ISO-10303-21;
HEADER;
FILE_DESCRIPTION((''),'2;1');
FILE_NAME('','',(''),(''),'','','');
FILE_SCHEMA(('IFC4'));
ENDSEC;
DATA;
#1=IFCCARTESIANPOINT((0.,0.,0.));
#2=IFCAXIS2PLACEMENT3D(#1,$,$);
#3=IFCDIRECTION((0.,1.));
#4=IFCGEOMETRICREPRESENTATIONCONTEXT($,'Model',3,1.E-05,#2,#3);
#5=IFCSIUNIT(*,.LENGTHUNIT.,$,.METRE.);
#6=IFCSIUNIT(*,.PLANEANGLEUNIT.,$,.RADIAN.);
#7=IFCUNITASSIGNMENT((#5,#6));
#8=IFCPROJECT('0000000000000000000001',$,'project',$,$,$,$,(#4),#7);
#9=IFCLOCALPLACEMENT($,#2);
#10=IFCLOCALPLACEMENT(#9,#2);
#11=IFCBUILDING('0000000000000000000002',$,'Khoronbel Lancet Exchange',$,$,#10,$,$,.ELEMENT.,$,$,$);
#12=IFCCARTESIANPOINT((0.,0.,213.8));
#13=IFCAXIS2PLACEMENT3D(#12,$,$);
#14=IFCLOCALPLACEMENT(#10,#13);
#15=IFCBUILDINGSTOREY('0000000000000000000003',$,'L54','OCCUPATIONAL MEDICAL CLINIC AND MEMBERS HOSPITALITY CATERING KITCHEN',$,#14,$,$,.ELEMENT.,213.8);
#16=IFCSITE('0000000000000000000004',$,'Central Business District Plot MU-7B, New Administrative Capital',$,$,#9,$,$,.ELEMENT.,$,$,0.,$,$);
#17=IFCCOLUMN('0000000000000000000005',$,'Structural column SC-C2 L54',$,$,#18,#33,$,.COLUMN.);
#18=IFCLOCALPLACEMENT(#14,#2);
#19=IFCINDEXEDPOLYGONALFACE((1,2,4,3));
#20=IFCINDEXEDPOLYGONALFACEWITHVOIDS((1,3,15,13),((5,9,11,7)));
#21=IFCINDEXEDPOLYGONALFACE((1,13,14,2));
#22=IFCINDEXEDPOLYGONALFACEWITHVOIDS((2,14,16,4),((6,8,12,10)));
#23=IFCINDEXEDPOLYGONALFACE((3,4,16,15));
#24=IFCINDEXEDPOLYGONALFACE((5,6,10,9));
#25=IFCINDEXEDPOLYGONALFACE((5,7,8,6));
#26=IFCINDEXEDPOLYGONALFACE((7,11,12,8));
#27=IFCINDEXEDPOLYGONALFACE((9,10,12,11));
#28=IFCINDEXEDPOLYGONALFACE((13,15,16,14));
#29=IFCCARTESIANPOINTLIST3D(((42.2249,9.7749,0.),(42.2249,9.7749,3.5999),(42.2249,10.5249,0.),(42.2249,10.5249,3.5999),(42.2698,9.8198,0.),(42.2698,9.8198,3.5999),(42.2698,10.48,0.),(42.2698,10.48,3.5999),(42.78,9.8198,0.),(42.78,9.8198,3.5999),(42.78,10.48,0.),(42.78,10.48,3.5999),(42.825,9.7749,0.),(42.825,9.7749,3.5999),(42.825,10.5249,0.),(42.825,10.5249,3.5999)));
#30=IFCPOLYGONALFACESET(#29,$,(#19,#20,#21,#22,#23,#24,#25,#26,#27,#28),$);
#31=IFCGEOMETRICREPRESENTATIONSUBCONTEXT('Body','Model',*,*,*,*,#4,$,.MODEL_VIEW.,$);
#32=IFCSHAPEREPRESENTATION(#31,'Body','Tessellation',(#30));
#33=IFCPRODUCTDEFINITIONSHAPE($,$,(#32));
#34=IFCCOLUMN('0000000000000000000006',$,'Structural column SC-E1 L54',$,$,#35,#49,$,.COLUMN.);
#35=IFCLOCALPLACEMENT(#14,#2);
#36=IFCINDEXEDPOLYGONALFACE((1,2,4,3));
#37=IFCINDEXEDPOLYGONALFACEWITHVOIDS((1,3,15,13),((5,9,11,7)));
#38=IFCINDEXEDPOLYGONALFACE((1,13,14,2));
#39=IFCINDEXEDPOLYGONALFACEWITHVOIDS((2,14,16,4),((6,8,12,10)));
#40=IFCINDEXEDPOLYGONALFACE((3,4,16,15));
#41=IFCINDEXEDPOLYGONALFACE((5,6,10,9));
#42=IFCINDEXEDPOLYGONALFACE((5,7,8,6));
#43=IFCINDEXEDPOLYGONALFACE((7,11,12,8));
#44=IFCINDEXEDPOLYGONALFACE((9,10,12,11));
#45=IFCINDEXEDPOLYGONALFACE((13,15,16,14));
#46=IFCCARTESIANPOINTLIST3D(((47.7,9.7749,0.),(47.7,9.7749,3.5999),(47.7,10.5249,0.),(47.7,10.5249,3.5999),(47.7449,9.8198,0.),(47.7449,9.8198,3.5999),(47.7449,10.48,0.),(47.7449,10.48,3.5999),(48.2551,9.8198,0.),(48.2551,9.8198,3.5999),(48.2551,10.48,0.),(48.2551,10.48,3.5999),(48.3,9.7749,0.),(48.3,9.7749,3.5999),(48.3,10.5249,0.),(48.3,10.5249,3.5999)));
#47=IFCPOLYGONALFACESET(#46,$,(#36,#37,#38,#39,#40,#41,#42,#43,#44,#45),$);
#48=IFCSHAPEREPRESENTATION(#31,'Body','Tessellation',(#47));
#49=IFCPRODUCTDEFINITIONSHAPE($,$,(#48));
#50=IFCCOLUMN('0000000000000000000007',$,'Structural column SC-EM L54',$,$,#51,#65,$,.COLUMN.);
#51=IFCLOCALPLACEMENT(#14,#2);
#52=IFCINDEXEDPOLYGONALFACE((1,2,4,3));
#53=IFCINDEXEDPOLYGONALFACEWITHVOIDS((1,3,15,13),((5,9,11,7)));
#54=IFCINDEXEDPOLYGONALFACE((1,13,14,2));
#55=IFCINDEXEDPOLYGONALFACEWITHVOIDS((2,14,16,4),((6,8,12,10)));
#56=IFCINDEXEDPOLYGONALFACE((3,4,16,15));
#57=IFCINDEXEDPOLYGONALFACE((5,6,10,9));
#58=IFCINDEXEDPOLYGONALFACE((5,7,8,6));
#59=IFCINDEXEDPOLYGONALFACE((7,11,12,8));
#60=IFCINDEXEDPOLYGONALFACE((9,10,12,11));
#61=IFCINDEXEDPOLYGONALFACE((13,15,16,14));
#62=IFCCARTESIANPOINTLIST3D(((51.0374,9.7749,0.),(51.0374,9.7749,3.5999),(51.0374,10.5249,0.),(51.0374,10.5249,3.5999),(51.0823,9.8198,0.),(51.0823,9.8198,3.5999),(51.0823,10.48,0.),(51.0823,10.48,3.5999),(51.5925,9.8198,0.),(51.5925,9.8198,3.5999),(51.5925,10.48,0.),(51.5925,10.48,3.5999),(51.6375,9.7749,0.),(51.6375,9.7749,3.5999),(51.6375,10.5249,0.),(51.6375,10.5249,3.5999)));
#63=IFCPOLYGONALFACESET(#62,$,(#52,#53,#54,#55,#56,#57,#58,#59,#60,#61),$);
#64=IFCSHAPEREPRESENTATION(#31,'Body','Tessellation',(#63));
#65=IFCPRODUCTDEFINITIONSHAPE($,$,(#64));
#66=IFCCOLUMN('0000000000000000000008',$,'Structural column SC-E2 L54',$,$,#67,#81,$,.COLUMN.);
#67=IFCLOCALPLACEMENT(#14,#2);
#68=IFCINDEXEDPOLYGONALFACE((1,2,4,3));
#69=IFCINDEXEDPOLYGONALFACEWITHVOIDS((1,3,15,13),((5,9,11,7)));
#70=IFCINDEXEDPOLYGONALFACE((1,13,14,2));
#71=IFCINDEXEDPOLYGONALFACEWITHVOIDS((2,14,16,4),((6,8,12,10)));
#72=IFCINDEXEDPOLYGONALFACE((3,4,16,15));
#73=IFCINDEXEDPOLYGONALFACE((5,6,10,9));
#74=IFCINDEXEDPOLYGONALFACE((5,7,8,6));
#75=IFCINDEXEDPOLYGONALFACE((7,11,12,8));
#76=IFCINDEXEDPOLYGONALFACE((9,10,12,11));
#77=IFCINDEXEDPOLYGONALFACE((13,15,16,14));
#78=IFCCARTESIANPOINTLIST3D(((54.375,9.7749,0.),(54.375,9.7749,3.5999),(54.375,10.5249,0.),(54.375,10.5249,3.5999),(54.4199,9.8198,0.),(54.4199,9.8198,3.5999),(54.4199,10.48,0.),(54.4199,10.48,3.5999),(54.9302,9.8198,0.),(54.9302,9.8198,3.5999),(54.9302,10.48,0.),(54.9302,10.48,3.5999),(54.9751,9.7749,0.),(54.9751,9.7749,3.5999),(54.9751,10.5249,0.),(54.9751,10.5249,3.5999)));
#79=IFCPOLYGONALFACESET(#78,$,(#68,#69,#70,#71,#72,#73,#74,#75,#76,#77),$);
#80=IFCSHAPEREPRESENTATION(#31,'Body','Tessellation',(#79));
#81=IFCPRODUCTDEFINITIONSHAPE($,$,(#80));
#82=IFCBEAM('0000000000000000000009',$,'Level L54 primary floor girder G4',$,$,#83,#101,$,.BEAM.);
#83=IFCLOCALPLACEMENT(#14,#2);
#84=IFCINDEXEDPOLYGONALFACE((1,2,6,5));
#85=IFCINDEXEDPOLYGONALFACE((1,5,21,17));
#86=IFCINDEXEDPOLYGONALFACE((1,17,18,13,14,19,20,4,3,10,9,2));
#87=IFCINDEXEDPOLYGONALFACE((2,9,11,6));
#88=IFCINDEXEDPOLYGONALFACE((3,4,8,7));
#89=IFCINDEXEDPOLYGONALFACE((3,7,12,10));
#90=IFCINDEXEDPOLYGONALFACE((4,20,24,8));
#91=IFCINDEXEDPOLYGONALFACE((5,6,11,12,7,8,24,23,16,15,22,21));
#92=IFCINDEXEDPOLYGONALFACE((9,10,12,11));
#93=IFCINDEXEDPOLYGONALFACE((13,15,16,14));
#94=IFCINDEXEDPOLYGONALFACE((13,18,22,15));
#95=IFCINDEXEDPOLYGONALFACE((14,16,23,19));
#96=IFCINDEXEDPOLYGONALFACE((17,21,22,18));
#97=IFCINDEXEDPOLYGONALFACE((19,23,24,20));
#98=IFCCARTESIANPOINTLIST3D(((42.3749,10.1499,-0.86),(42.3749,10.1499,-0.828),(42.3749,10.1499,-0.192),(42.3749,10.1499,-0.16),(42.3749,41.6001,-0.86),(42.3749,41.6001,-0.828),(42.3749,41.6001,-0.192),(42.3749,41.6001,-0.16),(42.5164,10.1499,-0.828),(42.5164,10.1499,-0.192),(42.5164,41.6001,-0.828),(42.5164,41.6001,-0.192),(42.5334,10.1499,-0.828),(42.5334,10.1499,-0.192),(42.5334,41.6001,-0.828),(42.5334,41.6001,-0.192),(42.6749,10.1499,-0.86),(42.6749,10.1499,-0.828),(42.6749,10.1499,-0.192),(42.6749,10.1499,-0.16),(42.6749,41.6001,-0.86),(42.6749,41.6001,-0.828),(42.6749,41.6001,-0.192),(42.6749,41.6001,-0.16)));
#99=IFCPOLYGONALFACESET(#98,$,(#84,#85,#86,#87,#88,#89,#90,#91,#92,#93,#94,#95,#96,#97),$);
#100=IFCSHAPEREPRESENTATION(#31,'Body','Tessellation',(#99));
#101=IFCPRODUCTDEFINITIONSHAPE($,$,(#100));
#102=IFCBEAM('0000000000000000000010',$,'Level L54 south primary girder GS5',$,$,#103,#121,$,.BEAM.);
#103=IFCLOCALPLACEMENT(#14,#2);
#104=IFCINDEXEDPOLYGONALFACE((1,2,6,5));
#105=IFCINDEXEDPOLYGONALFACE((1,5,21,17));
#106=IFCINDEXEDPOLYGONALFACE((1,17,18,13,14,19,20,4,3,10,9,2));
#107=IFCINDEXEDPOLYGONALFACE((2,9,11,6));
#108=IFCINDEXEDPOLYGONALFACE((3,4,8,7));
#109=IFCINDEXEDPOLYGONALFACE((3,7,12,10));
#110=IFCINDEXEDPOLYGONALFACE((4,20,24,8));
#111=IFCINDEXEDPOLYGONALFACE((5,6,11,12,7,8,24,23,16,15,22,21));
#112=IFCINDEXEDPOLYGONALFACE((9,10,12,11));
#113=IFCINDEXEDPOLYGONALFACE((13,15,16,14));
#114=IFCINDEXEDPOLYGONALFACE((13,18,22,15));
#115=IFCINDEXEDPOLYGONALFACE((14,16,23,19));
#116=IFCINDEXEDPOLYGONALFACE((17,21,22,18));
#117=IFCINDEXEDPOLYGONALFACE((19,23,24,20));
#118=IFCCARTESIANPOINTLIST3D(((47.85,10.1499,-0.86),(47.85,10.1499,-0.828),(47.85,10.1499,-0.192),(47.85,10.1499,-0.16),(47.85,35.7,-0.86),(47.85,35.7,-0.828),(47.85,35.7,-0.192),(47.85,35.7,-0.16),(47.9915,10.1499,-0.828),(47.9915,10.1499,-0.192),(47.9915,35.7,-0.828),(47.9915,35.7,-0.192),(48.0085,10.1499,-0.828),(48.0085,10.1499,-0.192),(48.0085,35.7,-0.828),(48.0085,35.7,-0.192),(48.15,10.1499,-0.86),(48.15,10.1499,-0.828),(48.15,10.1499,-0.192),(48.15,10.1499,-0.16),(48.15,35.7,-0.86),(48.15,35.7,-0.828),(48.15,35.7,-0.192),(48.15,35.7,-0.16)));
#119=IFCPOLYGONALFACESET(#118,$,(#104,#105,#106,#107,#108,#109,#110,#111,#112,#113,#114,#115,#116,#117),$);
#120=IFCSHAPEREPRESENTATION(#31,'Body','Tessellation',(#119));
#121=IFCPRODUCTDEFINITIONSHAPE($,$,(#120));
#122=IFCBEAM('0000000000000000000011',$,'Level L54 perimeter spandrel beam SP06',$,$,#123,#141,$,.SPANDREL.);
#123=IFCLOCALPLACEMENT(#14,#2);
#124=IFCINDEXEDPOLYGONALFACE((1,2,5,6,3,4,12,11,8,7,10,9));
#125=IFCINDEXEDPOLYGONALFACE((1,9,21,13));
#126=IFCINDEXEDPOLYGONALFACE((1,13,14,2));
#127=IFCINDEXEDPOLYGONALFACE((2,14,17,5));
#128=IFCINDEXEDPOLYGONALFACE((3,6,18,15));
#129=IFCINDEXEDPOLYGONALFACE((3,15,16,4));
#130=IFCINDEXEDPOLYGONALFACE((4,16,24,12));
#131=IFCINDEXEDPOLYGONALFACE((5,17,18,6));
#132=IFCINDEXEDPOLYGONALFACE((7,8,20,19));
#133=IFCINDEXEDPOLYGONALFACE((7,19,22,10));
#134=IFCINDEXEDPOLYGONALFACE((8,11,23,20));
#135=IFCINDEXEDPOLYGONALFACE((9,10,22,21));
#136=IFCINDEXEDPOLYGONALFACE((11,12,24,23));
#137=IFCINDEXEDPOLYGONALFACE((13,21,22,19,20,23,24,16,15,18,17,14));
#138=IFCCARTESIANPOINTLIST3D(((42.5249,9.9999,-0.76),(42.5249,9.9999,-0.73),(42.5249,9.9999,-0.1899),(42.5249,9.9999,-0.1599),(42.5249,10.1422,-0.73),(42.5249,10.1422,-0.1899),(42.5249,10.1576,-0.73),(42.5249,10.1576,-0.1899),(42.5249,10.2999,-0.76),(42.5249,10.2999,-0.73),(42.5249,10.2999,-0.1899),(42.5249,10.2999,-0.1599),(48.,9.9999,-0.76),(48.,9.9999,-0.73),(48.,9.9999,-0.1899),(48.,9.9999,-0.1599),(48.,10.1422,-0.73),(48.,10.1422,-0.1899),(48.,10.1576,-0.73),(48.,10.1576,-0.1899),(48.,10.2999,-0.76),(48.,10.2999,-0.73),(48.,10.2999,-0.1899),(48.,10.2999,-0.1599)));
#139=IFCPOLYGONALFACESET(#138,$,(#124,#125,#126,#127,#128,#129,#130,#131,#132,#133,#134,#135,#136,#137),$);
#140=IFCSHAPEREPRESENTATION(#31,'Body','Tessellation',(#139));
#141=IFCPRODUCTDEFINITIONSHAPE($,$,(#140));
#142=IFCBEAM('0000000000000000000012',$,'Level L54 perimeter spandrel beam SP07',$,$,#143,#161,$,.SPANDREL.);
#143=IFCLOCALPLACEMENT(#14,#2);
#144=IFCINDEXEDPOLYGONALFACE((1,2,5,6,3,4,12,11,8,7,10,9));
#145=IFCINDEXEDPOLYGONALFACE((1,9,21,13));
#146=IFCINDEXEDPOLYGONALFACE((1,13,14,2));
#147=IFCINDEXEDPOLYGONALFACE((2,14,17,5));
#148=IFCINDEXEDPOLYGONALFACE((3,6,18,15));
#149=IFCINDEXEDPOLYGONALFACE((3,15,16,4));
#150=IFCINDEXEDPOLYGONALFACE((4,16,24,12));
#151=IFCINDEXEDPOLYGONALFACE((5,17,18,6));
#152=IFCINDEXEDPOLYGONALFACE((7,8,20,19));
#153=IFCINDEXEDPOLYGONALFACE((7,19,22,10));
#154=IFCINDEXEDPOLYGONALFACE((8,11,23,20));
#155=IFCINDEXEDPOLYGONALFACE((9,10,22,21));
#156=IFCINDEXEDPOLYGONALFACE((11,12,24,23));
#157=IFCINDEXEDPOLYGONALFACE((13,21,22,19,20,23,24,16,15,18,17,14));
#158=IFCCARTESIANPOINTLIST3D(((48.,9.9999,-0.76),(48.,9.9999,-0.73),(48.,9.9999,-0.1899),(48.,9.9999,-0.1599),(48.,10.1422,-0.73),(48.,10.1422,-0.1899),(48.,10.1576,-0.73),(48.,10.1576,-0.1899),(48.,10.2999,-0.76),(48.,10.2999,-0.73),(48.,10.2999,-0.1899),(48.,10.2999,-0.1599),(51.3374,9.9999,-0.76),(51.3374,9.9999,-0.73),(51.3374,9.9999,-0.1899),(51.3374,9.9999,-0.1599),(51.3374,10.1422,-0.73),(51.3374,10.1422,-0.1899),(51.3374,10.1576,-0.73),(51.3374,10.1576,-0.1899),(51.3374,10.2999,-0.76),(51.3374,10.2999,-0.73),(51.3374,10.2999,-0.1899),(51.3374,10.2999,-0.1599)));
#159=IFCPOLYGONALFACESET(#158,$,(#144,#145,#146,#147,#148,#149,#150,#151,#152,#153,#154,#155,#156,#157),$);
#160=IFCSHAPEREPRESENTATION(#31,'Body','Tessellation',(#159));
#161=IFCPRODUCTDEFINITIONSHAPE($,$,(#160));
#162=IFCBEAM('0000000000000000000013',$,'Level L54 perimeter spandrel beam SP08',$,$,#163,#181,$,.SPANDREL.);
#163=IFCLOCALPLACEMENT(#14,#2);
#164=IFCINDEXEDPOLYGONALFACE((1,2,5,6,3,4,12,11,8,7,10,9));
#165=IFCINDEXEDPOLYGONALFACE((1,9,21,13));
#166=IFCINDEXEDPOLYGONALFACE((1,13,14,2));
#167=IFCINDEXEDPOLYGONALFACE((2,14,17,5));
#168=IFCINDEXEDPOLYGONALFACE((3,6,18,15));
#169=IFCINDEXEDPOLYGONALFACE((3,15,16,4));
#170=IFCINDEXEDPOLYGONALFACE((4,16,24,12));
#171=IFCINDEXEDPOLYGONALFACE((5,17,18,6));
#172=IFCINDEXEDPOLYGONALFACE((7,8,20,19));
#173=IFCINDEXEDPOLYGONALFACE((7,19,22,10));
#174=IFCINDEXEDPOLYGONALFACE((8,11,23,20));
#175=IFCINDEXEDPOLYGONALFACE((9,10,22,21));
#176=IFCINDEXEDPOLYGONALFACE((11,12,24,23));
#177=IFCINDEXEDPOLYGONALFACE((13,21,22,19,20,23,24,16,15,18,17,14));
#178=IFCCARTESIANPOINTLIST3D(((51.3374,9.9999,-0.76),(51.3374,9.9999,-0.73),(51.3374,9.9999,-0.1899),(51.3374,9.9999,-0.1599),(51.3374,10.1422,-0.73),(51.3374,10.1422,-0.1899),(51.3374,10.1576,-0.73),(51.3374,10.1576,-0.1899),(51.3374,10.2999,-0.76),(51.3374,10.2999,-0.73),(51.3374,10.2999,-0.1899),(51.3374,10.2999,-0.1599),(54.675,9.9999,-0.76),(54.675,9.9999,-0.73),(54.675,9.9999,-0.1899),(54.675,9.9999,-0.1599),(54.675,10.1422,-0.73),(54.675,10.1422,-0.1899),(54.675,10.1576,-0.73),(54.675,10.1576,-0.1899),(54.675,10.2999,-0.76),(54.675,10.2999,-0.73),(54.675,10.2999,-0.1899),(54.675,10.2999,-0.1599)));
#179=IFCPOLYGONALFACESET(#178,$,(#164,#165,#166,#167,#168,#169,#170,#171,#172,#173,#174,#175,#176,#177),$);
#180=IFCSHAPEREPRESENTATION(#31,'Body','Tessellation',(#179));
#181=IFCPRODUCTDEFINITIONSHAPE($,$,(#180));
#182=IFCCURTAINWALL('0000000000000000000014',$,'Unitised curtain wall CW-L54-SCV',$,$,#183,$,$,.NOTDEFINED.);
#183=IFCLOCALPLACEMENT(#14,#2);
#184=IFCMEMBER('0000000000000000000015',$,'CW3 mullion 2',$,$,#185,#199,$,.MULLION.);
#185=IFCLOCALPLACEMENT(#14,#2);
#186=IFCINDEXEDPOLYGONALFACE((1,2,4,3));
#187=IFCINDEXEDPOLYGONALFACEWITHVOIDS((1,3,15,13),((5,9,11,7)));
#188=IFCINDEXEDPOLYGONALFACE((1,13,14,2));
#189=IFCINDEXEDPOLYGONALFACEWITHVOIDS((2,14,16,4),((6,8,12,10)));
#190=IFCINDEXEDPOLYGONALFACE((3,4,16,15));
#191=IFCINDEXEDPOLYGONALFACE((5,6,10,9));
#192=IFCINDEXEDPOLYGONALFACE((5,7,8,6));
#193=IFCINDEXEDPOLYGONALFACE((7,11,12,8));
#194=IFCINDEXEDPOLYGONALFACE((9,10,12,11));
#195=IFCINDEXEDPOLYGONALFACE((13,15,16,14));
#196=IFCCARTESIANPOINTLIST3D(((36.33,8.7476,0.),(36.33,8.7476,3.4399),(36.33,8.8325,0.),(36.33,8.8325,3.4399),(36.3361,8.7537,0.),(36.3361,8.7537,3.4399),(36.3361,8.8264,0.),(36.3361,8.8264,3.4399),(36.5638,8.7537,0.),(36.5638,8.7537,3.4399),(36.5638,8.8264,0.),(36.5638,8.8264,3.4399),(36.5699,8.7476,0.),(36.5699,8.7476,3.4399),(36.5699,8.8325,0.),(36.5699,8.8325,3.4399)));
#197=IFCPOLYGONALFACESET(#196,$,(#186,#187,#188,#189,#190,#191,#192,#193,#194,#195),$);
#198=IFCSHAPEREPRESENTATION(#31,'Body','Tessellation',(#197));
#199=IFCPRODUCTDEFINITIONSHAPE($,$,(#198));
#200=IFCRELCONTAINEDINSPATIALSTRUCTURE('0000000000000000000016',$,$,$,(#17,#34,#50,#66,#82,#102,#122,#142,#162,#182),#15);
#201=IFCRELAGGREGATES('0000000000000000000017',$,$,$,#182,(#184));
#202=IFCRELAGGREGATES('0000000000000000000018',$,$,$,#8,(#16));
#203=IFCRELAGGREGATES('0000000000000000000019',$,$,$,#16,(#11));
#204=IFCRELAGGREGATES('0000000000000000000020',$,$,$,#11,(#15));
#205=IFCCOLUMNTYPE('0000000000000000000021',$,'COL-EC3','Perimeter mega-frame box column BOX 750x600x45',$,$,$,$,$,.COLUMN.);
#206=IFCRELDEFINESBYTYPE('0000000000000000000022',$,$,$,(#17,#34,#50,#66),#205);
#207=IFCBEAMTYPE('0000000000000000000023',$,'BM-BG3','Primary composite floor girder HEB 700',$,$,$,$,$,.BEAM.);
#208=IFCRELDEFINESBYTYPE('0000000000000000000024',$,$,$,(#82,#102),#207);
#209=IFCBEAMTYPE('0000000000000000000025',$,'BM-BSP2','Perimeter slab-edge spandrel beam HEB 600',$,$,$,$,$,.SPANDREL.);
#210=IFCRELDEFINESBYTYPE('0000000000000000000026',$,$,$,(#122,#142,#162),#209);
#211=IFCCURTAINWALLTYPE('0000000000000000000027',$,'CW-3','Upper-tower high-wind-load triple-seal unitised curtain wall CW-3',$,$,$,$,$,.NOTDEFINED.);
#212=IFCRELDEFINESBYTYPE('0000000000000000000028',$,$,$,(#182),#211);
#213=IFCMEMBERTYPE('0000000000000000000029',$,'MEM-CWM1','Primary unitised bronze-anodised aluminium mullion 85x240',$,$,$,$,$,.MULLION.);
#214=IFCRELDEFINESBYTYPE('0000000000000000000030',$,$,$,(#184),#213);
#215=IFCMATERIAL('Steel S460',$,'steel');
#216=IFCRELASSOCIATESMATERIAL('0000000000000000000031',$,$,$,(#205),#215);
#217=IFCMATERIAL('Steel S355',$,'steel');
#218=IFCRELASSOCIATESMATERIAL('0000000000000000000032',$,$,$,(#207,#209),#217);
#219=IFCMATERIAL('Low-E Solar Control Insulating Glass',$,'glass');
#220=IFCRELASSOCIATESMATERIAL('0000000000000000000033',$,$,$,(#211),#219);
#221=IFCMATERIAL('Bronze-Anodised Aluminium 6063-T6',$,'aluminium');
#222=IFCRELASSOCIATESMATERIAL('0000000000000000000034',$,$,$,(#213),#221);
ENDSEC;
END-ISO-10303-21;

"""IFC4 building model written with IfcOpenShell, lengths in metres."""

from ifc_helpers import new_model, si_unit, direction, frame, origin, origin_2d, place, context, subcontext, project, spatial, hollow_rectangle, i_section, extrude, material, material_profile, profile_set, type_object, element, aggregate, save


model = new_model("IFC4")

# Units and contexts
model_context = context("Model", 3, precision=1e-05, world=origin(), true_north=direction((0.0, 1.0)))
body_context = subcontext(model_context, "Body", "Model", "MODEL_VIEW")
ifc_project = project(units=[si_unit("LENGTHUNIT", "METRE"), si_unit("PLANEANGLEUNIT", "RADIAN")], contexts=[model_context])

# Site, building, storey
site_placement = place(None, origin())
site = spatial("IfcSite", under=ifc_project, at=site_placement, Name="Central Business District Plot MU-7B, New Administrative Capital", CompositionType="ELEMENT", RefElevation=0.0)
building_placement = place(site_placement, origin())
building = spatial("IfcBuilding", under=site, at=building_placement, Name="Khoronbel Lancet Exchange", CompositionType="ELEMENT")
storey_placement = place(building_placement, frame((0.0, 0.0, 213.8)))
storey = spatial("IfcBuildingStorey", under=building, at=storey_placement, Name="L54", Description="OCCUPATIONAL MEDICAL CLINIC AND MEMBERS HOSPITALITY CATERING KITCHEN", CompositionType="ELEMENT", Elevation=213.8)

# Columns
ifc_material_1 = material(Name="Steel S460", Category="steel")
ifc_material_profile_1 = material_profile(ifc_material_1, hollow_rectangle(XDim=0.6001, YDim=0.75, WallThickness=0.0449, at=origin_2d()), Name="BOX 750x600x45")
ifc_profile_set_1 = profile_set([ifc_material_profile_1], Name="Steel S460")
column_type = type_object("IfcColumnType", Name="COL-EC3", Description="Perimeter mega-frame box column BOX 750x600x45", PredefinedType="COLUMN", material=ifc_profile_set_1)
for number, where, z_axis, x_axis, name in (
    (1, (42.5249, 10.1499, 0.0), (0.0, 0.0, 1.0), (1.0, 0.0, 0.0), "Structural column SC-C2 L54"),
    (2, (48.0, 10.1499, 0.0), (0.0, 0.0, 1.0), (1.0, 0.0, 0.0), "Structural column SC-E1 L54"),
    (3, (51.3374, 10.1499, 0.0), (0.0, 0.0, 1.0), (1.0, 0.0, 0.0), "Structural column SC-EM L54"),
    (4, (54.675, 10.1499, 0.0), (0.0, 0.0, 1.0), (1.0, 0.0, 0.0), "Structural column SC-E2 L54"),
):
    element("IfcColumn", number, at=place(storey_placement, frame(where, z_axis=z_axis, x_axis=x_axis)), inside=storey, type_object=column_type, Name=name, PredefinedType="COLUMN", context=body_context, shape_type="SweptSolid", body=[
        extrude(hollow_rectangle(XDim=0.6001, YDim=0.75, WallThickness=0.0449, at=origin_2d()), origin(), (0.0, 0.0, 1.0), 3.5999),
    ])

# Beams
ifc_material_2 = material(Name="Steel S355", Category="steel")
ifc_material_profile_2 = material_profile(ifc_material_2, i_section(OverallWidth=0.3, OverallDepth=0.7, WebThickness=0.0171, FlangeThickness=0.032, at=origin_2d()), Name="HEB 700")
ifc_profile_set_2 = profile_set([ifc_material_profile_2], Name="Steel S355")
beam_type_1 = type_object("IfcBeamType", Name="BM-BG3", Description="Primary composite floor girder HEB 700", PredefinedType="BEAM", material=ifc_profile_set_2)
beam_1_placement = place(storey_placement, frame((42.5249, 10.1499, -0.51), z_axis=(0.0, 1.0, 0.0), x_axis=(-1.0, 0.0, 0.0)))
element("IfcBeam", 5, at=beam_1_placement, inside=storey, type_object=beam_type_1, Name="Level L54 primary floor girder G4", PredefinedType="BEAM", context=body_context, shape_type="SweptSolid", body=[
    extrude(i_section(OverallWidth=0.3, OverallDepth=0.7, WebThickness=0.0171, FlangeThickness=0.032, at=origin_2d()), origin(), (0.0, 0.0, 1.0), 31.4502),
])
beam_2_placement = place(storey_placement, frame((48.0, 10.1499, -0.51), z_axis=(0.0, 1.0, 0.0), x_axis=(-1.0, 0.0, 0.0)))
element("IfcBeam", 6, at=beam_2_placement, inside=storey, type_object=beam_type_1, Name="Level L54 south primary girder GS5", PredefinedType="BEAM", context=body_context, shape_type="SweptSolid", body=[
    extrude(i_section(OverallWidth=0.3, OverallDepth=0.7, WebThickness=0.0171, FlangeThickness=0.032, at=origin_2d()), origin(), (0.0, 0.0, 1.0), 25.55),
])
ifc_material_profile_3 = material_profile(ifc_material_2, i_section(OverallWidth=0.3, OverallDepth=0.6001, WebThickness=0.0154, FlangeThickness=0.03, at=origin_2d()), Name="HEB 600")
ifc_profile_set_3 = profile_set([ifc_material_profile_3], Name="Steel S355")
beam_type_2 = type_object("IfcBeamType", Name="BM-BSP2", Description="Perimeter slab-edge spandrel beam HEB 600", PredefinedType="SPANDREL", material=ifc_profile_set_3)
beam_3_placement = place(storey_placement, frame((42.5249, 10.1499, -0.46), z_axis=(1.0, 0.0, 0.0), x_axis=(0.0, 1.0, 0.0)))
element("IfcBeam", 7, at=beam_3_placement, inside=storey, type_object=beam_type_2, Name="Level L54 perimeter spandrel beam SP06", PredefinedType="SPANDREL", context=body_context, shape_type="SweptSolid", body=[
    extrude(i_section(OverallWidth=0.3, OverallDepth=0.6001, WebThickness=0.0154, FlangeThickness=0.03, at=origin_2d()), origin(), (0.0, 0.0, 1.0), 5.4751),
])
beam_4_placement = place(storey_placement, frame((48.0, 10.1499, -0.46), z_axis=(1.0, 0.0, 0.0), x_axis=(0.0, 1.0, 0.0)))
element("IfcBeam", 8, at=beam_4_placement, inside=storey, type_object=beam_type_2, Name="Level L54 perimeter spandrel beam SP07", PredefinedType="SPANDREL", context=body_context, shape_type="SweptSolid", body=[
    extrude(i_section(OverallWidth=0.3, OverallDepth=0.6001, WebThickness=0.0154, FlangeThickness=0.03, at=origin_2d()), origin(), (0.0, 0.0, 1.0), 3.3374),
])
beam_5_placement = place(storey_placement, frame((51.3374, 10.1499, -0.46), z_axis=(1.0, 0.0, 0.0), x_axis=(0.0, 1.0, 0.0)))
element("IfcBeam", 9, at=beam_5_placement, inside=storey, type_object=beam_type_2, Name="Level L54 perimeter spandrel beam SP08", PredefinedType="SPANDREL", context=body_context, shape_type="SweptSolid", body=[
    extrude(i_section(OverallWidth=0.3, OverallDepth=0.6001, WebThickness=0.0154, FlangeThickness=0.03, at=origin_2d()), origin(), (0.0, 0.0, 1.0), 3.3376),
])

# Curtain wall, member
ifc_material_3 = material(Name="Low-E Solar Control Insulating Glass", Category="glass")
curtain_wall_type = type_object("IfcCurtainWallType", Name="CW-3", Description="Upper-tower high-wind-load triple-seal unitised curtain wall CW-3", PredefinedType="NOTDEFINED", material=ifc_material_3)
curtain_wall_1_placement = place(storey_placement, origin())
curtain_wall_1 = element("IfcCurtainWall", 10, at=curtain_wall_1_placement, inside=storey, type_object=curtain_wall_type, Name="Unitised curtain wall CW-L54-SCV", PredefinedType="NOTDEFINED")
ifc_material_4 = material(Name="Bronze-Anodised Aluminium 6063-T6", Category="aluminium")
ifc_material_profile_4 = material_profile(ifc_material_4, hollow_rectangle(XDim=0.085, YDim=0.24, WallThickness=0.0061, at=origin_2d()), Name="ALU MULLION 85x240")
ifc_profile_set_4 = profile_set([ifc_material_profile_4], Name="Bronze-Anodised Aluminium 6063-T6")
member_type_1 = type_object("IfcMemberType", Name="MEM-CWM1", Description="Primary unitised bronze-anodised aluminium mullion 85x240", PredefinedType="MULLION", material=ifc_profile_set_4)
member_1_placement = place(storey_placement, frame((36.45, 8.79, 0.0), z_axis=(0.0, 0.0, 1.0), x_axis=(0.0, 1.0, 0.0)))
member_1 = element("IfcMember", 11, at=member_1_placement, type_object=member_type_1, Name="CW3 mullion 2", PredefinedType="MULLION", context=body_context, shape_type="SweptSolid", body=[
    extrude(hollow_rectangle(XDim=0.085, YDim=0.24, WallThickness=0.0061, at=origin_2d()), origin(), (0.0, 0.0, 1.0), 3.4399),
])

aggregate(curtain_wall_1, [member_1])

save(model, "model.ifc")
